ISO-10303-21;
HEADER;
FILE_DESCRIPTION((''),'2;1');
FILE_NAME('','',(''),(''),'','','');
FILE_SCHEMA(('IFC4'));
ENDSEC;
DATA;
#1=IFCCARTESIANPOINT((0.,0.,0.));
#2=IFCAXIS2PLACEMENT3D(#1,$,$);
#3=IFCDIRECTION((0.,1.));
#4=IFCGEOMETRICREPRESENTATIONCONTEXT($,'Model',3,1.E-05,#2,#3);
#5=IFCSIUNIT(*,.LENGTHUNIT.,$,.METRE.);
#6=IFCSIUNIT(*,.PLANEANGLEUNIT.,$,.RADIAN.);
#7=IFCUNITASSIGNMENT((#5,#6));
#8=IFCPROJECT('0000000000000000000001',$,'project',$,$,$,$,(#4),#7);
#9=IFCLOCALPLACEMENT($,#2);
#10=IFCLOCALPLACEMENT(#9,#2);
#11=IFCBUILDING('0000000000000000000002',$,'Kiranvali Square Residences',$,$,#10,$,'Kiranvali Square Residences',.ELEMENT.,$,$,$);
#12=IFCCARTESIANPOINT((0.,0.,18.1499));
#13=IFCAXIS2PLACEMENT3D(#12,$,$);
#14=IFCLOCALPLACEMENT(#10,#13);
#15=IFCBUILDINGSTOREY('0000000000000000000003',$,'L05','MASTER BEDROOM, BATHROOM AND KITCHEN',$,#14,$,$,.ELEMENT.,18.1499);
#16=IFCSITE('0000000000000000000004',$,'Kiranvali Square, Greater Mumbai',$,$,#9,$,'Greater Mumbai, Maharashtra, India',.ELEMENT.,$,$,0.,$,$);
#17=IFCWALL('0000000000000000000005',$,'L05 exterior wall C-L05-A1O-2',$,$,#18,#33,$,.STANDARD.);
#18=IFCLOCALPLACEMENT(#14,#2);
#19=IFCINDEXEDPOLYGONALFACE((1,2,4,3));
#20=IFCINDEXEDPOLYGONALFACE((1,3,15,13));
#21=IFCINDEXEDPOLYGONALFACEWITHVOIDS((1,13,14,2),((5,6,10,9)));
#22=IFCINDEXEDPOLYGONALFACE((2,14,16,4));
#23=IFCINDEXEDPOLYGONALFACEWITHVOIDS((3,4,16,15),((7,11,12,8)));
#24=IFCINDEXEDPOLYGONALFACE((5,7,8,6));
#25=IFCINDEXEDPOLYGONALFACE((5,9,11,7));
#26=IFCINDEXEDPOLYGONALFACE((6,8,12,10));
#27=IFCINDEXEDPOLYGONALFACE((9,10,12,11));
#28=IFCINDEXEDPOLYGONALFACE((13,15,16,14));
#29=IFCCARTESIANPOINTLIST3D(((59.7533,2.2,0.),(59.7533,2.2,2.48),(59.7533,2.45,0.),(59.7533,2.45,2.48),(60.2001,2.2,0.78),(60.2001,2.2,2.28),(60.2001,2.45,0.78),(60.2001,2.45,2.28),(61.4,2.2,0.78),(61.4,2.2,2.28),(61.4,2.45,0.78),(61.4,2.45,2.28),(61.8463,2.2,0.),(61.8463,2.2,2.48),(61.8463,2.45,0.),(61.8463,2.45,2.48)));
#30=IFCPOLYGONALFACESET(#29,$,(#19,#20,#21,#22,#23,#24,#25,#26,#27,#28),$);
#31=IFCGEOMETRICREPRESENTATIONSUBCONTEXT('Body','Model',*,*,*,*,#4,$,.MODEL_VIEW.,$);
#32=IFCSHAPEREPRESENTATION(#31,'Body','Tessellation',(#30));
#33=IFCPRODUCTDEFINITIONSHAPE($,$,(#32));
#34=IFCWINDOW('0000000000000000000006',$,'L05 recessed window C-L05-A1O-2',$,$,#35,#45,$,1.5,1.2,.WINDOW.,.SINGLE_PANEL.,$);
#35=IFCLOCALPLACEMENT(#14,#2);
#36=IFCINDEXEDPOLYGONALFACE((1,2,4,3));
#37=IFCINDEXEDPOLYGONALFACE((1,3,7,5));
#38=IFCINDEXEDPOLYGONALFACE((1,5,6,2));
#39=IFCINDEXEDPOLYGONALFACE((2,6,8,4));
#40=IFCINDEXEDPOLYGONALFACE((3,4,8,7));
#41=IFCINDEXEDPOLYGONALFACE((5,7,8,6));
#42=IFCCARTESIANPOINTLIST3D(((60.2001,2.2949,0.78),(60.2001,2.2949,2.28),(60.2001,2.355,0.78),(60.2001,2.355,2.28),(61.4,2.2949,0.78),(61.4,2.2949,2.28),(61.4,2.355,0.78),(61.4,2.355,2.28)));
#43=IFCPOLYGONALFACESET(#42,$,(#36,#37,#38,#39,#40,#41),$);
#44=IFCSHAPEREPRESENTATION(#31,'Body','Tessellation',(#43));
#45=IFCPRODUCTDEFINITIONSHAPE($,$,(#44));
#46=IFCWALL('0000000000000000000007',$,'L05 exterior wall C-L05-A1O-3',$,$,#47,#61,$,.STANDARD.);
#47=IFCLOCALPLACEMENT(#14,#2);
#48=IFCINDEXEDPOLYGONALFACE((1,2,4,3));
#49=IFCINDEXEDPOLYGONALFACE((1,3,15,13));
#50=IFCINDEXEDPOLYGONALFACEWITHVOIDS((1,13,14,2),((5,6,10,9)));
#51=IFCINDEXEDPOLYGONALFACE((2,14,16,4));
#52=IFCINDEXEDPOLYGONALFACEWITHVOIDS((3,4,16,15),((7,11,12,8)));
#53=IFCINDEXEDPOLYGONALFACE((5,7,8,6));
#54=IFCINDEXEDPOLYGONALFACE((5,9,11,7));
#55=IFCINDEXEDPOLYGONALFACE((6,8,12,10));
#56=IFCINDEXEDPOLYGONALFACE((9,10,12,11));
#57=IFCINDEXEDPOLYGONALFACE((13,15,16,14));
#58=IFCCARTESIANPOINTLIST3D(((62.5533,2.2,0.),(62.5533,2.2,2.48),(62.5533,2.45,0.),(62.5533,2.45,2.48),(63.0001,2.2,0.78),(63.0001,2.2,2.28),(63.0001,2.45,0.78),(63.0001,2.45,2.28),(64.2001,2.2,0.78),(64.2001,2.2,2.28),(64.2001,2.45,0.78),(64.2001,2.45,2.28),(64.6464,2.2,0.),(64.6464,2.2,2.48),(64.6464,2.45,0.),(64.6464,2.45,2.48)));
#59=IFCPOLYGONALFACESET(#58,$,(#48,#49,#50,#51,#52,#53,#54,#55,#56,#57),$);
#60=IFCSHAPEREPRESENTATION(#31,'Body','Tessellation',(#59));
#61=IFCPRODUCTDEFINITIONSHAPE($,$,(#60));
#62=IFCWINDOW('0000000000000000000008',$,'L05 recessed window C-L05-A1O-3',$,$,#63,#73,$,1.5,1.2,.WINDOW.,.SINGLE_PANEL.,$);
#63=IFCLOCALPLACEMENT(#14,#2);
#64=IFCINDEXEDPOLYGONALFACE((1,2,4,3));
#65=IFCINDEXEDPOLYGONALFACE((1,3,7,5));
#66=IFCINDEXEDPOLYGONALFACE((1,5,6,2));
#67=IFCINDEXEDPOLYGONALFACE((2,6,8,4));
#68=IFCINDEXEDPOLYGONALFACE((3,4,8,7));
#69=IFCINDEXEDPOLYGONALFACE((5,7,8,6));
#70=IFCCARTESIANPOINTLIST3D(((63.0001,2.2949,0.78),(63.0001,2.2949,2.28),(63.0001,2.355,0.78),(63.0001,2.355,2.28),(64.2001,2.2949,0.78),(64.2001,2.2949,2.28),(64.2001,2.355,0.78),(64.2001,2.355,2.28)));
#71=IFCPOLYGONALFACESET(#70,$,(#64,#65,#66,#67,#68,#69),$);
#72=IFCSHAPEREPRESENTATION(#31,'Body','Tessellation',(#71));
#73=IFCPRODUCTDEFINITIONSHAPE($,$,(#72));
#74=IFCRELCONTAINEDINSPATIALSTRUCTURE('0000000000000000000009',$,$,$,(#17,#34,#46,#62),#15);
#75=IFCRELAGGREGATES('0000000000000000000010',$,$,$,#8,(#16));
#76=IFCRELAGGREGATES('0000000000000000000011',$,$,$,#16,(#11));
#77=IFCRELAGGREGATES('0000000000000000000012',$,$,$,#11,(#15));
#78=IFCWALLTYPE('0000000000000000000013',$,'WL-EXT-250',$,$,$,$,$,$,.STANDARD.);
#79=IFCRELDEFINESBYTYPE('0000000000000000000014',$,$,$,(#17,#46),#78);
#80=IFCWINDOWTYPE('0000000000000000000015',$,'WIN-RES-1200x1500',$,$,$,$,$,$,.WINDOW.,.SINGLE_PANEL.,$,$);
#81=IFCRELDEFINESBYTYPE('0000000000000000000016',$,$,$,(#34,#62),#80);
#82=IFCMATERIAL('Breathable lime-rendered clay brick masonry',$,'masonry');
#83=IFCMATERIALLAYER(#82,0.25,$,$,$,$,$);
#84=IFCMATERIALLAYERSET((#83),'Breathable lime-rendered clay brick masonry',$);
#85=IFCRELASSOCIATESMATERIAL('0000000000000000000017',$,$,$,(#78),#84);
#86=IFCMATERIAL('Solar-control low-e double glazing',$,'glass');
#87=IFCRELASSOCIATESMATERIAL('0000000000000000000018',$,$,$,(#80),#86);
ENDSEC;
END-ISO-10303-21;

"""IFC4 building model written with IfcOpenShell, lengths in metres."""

from ifc_helpers import new_model, si_unit, direction, frame, frame_2d, origin, place, context, subcontext, project, spatial, rectangle, extrude, material, layer, layer_set, type_object, element, fill, save


model = new_model("IFC4")

# Units and contexts
model_context = context("Model", 3, precision=1e-05, world=origin(), true_north=direction((0.0, 1.0)))
body_context = subcontext(model_context, "Body", "Model", "MODEL_VIEW")
ifc_project = project(units=[si_unit("LENGTHUNIT", "METRE"), si_unit("PLANEANGLEUNIT", "RADIAN")], contexts=[model_context])

# Site, building, storey
site_placement = place(None, origin())
site = spatial("IfcSite", under=ifc_project, at=site_placement, Name="Kiranvali Square, Greater Mumbai", LongName="Greater Mumbai, Maharashtra, India", CompositionType="ELEMENT", RefElevation=0.0)
building_placement = place(site_placement, origin())
building = spatial("IfcBuilding", under=site, at=building_placement, Name="Kiranvali Square Residences", LongName="Kiranvali Square Residences", CompositionType="ELEMENT")
storey_placement = place(building_placement, frame((0.0, 0.0, 18.1499)))
storey = spatial("IfcBuildingStorey", under=building, at=storey_placement, Name="L05", Description="MASTER BEDROOM, BATHROOM AND KITCHEN", CompositionType="ELEMENT", Elevation=18.1499)

# Walls, openings, windows
ifc_material_1 = material(Name="Breathable lime-rendered clay brick masonry", Category="masonry")
ifc_layer = layer(ifc_material_1, 0.25)
ifc_layer_set = layer_set([ifc_layer], Name="Breathable lime-rendered clay brick masonry")
wall_type = type_object("IfcWallType", Name="WL-EXT-250", PredefinedType="STANDARD", material=ifc_layer_set)
wall_1_placement = place(storey_placement, frame((59.7534, 2.325, 0.0), z_axis=(0.0, 0.0, 1.0), x_axis=(1.0, 0.0, 0.0)))
wall_1 = element("IfcWall", 1, at=wall_1_placement, inside=storey, type_object=wall_type, Name="L05 exterior wall C-L05-A1O-2", PredefinedType="STANDARD", context=body_context, shape_type="SweptSolid", body=[
    extrude(rectangle(XDim=2.093, YDim=0.25, at=frame_2d((1.0464, 0.0))), origin(), (0.0, 0.0, 1.0), 2.48),
])
opening_1_placement = place(wall_1_placement, frame((0.4465, 0.0, 0.78)))
opening_1 = element("IfcOpeningElement", 2, at=opening_1_placement, cuts=wall_1, PredefinedType="OPENING", context=body_context, shape_type="SweptSolid", body=[
    extrude(rectangle(XDim=1.2, YDim=1.5, at=frame_2d((0.6001, 0.75))), frame((0.0, 0.135, 0.0), z_axis=(0.0, -1.0, 0.0), x_axis=(1.0, 0.0, 0.0)), (0.0, 0.0, 1.0), 0.27),
])
ifc_material_2 = material(Name="Solar-control low-e double glazing", Category="glass")
window_type = type_object("IfcWindowType", Name="WIN-RES-1200x1500", PartitioningType="SINGLE_PANEL", PredefinedType="WINDOW", material=ifc_material_2)
window_1_placement = place(opening_1_placement, origin())
window_1 = element("IfcWindow", 3, at=window_1_placement, inside=storey, type_object=window_type, Name="L05 recessed window C-L05-A1O-2", OverallHeight=1.5, OverallWidth=1.2, PartitioningType="SINGLE_PANEL", PredefinedType="WINDOW", context=body_context, shape_type="SweptSolid", body=[
    extrude(rectangle(XDim=1.2, YDim=1.5, at=frame_2d((0.6001, 0.75))), frame((0.0, 0.03, 0.0), z_axis=(0.0, -1.0, 0.0), x_axis=(1.0, 0.0, 0.0)), (0.0, 0.0, 1.0), 0.0601),
])
fill(opening_1, window_1)
wall_2_placement = place(storey_placement, frame((62.5535, 2.325, 0.0), z_axis=(0.0, 0.0, 1.0), x_axis=(1.0, 0.0, 0.0)))
wall_2 = element("IfcWall", 4, at=wall_2_placement, inside=storey, type_object=wall_type, Name="L05 exterior wall C-L05-A1O-3", PredefinedType="STANDARD", context=body_context, shape_type="SweptSolid", body=[
    extrude(rectangle(XDim=2.093, YDim=0.25, at=frame_2d((1.0464, 0.0))), origin(), (0.0, 0.0, 1.0), 2.48),
])
opening_2_placement = place(wall_2_placement, frame((0.4465, 0.0, 0.78)))
opening_2 = element("IfcOpeningElement", 5, at=opening_2_placement, cuts=wall_2, PredefinedType="OPENING", context=body_context, shape_type="SweptSolid", body=[
    extrude(rectangle(XDim=1.2, YDim=1.5, at=frame_2d((0.6001, 0.75))), frame((0.0, 0.135, 0.0), z_axis=(0.0, -1.0, 0.0), x_axis=(1.0, 0.0, 0.0)), (0.0, 0.0, 1.0), 0.27),
])
window_2_placement = place(opening_2_placement, origin())
window_2 = element("IfcWindow", 6, at=window_2_placement, inside=storey, type_object=window_type, Name="L05 recessed window C-L05-A1O-3", OverallHeight=1.5, OverallWidth=1.2, PartitioningType="SINGLE_PANEL", PredefinedType="WINDOW", context=body_context, shape_type="SweptSolid", body=[
    extrude(rectangle(XDim=1.2, YDim=1.5, at=frame_2d((0.6001, 0.75))), frame((0.0, 0.03, 0.0), z_axis=(0.0, -1.0, 0.0), x_axis=(1.0, 0.0, 0.0)), (0.0, 0.0, 1.0), 0.0601),
])
fill(opening_2, window_2)

save(model, "model.ifc")
